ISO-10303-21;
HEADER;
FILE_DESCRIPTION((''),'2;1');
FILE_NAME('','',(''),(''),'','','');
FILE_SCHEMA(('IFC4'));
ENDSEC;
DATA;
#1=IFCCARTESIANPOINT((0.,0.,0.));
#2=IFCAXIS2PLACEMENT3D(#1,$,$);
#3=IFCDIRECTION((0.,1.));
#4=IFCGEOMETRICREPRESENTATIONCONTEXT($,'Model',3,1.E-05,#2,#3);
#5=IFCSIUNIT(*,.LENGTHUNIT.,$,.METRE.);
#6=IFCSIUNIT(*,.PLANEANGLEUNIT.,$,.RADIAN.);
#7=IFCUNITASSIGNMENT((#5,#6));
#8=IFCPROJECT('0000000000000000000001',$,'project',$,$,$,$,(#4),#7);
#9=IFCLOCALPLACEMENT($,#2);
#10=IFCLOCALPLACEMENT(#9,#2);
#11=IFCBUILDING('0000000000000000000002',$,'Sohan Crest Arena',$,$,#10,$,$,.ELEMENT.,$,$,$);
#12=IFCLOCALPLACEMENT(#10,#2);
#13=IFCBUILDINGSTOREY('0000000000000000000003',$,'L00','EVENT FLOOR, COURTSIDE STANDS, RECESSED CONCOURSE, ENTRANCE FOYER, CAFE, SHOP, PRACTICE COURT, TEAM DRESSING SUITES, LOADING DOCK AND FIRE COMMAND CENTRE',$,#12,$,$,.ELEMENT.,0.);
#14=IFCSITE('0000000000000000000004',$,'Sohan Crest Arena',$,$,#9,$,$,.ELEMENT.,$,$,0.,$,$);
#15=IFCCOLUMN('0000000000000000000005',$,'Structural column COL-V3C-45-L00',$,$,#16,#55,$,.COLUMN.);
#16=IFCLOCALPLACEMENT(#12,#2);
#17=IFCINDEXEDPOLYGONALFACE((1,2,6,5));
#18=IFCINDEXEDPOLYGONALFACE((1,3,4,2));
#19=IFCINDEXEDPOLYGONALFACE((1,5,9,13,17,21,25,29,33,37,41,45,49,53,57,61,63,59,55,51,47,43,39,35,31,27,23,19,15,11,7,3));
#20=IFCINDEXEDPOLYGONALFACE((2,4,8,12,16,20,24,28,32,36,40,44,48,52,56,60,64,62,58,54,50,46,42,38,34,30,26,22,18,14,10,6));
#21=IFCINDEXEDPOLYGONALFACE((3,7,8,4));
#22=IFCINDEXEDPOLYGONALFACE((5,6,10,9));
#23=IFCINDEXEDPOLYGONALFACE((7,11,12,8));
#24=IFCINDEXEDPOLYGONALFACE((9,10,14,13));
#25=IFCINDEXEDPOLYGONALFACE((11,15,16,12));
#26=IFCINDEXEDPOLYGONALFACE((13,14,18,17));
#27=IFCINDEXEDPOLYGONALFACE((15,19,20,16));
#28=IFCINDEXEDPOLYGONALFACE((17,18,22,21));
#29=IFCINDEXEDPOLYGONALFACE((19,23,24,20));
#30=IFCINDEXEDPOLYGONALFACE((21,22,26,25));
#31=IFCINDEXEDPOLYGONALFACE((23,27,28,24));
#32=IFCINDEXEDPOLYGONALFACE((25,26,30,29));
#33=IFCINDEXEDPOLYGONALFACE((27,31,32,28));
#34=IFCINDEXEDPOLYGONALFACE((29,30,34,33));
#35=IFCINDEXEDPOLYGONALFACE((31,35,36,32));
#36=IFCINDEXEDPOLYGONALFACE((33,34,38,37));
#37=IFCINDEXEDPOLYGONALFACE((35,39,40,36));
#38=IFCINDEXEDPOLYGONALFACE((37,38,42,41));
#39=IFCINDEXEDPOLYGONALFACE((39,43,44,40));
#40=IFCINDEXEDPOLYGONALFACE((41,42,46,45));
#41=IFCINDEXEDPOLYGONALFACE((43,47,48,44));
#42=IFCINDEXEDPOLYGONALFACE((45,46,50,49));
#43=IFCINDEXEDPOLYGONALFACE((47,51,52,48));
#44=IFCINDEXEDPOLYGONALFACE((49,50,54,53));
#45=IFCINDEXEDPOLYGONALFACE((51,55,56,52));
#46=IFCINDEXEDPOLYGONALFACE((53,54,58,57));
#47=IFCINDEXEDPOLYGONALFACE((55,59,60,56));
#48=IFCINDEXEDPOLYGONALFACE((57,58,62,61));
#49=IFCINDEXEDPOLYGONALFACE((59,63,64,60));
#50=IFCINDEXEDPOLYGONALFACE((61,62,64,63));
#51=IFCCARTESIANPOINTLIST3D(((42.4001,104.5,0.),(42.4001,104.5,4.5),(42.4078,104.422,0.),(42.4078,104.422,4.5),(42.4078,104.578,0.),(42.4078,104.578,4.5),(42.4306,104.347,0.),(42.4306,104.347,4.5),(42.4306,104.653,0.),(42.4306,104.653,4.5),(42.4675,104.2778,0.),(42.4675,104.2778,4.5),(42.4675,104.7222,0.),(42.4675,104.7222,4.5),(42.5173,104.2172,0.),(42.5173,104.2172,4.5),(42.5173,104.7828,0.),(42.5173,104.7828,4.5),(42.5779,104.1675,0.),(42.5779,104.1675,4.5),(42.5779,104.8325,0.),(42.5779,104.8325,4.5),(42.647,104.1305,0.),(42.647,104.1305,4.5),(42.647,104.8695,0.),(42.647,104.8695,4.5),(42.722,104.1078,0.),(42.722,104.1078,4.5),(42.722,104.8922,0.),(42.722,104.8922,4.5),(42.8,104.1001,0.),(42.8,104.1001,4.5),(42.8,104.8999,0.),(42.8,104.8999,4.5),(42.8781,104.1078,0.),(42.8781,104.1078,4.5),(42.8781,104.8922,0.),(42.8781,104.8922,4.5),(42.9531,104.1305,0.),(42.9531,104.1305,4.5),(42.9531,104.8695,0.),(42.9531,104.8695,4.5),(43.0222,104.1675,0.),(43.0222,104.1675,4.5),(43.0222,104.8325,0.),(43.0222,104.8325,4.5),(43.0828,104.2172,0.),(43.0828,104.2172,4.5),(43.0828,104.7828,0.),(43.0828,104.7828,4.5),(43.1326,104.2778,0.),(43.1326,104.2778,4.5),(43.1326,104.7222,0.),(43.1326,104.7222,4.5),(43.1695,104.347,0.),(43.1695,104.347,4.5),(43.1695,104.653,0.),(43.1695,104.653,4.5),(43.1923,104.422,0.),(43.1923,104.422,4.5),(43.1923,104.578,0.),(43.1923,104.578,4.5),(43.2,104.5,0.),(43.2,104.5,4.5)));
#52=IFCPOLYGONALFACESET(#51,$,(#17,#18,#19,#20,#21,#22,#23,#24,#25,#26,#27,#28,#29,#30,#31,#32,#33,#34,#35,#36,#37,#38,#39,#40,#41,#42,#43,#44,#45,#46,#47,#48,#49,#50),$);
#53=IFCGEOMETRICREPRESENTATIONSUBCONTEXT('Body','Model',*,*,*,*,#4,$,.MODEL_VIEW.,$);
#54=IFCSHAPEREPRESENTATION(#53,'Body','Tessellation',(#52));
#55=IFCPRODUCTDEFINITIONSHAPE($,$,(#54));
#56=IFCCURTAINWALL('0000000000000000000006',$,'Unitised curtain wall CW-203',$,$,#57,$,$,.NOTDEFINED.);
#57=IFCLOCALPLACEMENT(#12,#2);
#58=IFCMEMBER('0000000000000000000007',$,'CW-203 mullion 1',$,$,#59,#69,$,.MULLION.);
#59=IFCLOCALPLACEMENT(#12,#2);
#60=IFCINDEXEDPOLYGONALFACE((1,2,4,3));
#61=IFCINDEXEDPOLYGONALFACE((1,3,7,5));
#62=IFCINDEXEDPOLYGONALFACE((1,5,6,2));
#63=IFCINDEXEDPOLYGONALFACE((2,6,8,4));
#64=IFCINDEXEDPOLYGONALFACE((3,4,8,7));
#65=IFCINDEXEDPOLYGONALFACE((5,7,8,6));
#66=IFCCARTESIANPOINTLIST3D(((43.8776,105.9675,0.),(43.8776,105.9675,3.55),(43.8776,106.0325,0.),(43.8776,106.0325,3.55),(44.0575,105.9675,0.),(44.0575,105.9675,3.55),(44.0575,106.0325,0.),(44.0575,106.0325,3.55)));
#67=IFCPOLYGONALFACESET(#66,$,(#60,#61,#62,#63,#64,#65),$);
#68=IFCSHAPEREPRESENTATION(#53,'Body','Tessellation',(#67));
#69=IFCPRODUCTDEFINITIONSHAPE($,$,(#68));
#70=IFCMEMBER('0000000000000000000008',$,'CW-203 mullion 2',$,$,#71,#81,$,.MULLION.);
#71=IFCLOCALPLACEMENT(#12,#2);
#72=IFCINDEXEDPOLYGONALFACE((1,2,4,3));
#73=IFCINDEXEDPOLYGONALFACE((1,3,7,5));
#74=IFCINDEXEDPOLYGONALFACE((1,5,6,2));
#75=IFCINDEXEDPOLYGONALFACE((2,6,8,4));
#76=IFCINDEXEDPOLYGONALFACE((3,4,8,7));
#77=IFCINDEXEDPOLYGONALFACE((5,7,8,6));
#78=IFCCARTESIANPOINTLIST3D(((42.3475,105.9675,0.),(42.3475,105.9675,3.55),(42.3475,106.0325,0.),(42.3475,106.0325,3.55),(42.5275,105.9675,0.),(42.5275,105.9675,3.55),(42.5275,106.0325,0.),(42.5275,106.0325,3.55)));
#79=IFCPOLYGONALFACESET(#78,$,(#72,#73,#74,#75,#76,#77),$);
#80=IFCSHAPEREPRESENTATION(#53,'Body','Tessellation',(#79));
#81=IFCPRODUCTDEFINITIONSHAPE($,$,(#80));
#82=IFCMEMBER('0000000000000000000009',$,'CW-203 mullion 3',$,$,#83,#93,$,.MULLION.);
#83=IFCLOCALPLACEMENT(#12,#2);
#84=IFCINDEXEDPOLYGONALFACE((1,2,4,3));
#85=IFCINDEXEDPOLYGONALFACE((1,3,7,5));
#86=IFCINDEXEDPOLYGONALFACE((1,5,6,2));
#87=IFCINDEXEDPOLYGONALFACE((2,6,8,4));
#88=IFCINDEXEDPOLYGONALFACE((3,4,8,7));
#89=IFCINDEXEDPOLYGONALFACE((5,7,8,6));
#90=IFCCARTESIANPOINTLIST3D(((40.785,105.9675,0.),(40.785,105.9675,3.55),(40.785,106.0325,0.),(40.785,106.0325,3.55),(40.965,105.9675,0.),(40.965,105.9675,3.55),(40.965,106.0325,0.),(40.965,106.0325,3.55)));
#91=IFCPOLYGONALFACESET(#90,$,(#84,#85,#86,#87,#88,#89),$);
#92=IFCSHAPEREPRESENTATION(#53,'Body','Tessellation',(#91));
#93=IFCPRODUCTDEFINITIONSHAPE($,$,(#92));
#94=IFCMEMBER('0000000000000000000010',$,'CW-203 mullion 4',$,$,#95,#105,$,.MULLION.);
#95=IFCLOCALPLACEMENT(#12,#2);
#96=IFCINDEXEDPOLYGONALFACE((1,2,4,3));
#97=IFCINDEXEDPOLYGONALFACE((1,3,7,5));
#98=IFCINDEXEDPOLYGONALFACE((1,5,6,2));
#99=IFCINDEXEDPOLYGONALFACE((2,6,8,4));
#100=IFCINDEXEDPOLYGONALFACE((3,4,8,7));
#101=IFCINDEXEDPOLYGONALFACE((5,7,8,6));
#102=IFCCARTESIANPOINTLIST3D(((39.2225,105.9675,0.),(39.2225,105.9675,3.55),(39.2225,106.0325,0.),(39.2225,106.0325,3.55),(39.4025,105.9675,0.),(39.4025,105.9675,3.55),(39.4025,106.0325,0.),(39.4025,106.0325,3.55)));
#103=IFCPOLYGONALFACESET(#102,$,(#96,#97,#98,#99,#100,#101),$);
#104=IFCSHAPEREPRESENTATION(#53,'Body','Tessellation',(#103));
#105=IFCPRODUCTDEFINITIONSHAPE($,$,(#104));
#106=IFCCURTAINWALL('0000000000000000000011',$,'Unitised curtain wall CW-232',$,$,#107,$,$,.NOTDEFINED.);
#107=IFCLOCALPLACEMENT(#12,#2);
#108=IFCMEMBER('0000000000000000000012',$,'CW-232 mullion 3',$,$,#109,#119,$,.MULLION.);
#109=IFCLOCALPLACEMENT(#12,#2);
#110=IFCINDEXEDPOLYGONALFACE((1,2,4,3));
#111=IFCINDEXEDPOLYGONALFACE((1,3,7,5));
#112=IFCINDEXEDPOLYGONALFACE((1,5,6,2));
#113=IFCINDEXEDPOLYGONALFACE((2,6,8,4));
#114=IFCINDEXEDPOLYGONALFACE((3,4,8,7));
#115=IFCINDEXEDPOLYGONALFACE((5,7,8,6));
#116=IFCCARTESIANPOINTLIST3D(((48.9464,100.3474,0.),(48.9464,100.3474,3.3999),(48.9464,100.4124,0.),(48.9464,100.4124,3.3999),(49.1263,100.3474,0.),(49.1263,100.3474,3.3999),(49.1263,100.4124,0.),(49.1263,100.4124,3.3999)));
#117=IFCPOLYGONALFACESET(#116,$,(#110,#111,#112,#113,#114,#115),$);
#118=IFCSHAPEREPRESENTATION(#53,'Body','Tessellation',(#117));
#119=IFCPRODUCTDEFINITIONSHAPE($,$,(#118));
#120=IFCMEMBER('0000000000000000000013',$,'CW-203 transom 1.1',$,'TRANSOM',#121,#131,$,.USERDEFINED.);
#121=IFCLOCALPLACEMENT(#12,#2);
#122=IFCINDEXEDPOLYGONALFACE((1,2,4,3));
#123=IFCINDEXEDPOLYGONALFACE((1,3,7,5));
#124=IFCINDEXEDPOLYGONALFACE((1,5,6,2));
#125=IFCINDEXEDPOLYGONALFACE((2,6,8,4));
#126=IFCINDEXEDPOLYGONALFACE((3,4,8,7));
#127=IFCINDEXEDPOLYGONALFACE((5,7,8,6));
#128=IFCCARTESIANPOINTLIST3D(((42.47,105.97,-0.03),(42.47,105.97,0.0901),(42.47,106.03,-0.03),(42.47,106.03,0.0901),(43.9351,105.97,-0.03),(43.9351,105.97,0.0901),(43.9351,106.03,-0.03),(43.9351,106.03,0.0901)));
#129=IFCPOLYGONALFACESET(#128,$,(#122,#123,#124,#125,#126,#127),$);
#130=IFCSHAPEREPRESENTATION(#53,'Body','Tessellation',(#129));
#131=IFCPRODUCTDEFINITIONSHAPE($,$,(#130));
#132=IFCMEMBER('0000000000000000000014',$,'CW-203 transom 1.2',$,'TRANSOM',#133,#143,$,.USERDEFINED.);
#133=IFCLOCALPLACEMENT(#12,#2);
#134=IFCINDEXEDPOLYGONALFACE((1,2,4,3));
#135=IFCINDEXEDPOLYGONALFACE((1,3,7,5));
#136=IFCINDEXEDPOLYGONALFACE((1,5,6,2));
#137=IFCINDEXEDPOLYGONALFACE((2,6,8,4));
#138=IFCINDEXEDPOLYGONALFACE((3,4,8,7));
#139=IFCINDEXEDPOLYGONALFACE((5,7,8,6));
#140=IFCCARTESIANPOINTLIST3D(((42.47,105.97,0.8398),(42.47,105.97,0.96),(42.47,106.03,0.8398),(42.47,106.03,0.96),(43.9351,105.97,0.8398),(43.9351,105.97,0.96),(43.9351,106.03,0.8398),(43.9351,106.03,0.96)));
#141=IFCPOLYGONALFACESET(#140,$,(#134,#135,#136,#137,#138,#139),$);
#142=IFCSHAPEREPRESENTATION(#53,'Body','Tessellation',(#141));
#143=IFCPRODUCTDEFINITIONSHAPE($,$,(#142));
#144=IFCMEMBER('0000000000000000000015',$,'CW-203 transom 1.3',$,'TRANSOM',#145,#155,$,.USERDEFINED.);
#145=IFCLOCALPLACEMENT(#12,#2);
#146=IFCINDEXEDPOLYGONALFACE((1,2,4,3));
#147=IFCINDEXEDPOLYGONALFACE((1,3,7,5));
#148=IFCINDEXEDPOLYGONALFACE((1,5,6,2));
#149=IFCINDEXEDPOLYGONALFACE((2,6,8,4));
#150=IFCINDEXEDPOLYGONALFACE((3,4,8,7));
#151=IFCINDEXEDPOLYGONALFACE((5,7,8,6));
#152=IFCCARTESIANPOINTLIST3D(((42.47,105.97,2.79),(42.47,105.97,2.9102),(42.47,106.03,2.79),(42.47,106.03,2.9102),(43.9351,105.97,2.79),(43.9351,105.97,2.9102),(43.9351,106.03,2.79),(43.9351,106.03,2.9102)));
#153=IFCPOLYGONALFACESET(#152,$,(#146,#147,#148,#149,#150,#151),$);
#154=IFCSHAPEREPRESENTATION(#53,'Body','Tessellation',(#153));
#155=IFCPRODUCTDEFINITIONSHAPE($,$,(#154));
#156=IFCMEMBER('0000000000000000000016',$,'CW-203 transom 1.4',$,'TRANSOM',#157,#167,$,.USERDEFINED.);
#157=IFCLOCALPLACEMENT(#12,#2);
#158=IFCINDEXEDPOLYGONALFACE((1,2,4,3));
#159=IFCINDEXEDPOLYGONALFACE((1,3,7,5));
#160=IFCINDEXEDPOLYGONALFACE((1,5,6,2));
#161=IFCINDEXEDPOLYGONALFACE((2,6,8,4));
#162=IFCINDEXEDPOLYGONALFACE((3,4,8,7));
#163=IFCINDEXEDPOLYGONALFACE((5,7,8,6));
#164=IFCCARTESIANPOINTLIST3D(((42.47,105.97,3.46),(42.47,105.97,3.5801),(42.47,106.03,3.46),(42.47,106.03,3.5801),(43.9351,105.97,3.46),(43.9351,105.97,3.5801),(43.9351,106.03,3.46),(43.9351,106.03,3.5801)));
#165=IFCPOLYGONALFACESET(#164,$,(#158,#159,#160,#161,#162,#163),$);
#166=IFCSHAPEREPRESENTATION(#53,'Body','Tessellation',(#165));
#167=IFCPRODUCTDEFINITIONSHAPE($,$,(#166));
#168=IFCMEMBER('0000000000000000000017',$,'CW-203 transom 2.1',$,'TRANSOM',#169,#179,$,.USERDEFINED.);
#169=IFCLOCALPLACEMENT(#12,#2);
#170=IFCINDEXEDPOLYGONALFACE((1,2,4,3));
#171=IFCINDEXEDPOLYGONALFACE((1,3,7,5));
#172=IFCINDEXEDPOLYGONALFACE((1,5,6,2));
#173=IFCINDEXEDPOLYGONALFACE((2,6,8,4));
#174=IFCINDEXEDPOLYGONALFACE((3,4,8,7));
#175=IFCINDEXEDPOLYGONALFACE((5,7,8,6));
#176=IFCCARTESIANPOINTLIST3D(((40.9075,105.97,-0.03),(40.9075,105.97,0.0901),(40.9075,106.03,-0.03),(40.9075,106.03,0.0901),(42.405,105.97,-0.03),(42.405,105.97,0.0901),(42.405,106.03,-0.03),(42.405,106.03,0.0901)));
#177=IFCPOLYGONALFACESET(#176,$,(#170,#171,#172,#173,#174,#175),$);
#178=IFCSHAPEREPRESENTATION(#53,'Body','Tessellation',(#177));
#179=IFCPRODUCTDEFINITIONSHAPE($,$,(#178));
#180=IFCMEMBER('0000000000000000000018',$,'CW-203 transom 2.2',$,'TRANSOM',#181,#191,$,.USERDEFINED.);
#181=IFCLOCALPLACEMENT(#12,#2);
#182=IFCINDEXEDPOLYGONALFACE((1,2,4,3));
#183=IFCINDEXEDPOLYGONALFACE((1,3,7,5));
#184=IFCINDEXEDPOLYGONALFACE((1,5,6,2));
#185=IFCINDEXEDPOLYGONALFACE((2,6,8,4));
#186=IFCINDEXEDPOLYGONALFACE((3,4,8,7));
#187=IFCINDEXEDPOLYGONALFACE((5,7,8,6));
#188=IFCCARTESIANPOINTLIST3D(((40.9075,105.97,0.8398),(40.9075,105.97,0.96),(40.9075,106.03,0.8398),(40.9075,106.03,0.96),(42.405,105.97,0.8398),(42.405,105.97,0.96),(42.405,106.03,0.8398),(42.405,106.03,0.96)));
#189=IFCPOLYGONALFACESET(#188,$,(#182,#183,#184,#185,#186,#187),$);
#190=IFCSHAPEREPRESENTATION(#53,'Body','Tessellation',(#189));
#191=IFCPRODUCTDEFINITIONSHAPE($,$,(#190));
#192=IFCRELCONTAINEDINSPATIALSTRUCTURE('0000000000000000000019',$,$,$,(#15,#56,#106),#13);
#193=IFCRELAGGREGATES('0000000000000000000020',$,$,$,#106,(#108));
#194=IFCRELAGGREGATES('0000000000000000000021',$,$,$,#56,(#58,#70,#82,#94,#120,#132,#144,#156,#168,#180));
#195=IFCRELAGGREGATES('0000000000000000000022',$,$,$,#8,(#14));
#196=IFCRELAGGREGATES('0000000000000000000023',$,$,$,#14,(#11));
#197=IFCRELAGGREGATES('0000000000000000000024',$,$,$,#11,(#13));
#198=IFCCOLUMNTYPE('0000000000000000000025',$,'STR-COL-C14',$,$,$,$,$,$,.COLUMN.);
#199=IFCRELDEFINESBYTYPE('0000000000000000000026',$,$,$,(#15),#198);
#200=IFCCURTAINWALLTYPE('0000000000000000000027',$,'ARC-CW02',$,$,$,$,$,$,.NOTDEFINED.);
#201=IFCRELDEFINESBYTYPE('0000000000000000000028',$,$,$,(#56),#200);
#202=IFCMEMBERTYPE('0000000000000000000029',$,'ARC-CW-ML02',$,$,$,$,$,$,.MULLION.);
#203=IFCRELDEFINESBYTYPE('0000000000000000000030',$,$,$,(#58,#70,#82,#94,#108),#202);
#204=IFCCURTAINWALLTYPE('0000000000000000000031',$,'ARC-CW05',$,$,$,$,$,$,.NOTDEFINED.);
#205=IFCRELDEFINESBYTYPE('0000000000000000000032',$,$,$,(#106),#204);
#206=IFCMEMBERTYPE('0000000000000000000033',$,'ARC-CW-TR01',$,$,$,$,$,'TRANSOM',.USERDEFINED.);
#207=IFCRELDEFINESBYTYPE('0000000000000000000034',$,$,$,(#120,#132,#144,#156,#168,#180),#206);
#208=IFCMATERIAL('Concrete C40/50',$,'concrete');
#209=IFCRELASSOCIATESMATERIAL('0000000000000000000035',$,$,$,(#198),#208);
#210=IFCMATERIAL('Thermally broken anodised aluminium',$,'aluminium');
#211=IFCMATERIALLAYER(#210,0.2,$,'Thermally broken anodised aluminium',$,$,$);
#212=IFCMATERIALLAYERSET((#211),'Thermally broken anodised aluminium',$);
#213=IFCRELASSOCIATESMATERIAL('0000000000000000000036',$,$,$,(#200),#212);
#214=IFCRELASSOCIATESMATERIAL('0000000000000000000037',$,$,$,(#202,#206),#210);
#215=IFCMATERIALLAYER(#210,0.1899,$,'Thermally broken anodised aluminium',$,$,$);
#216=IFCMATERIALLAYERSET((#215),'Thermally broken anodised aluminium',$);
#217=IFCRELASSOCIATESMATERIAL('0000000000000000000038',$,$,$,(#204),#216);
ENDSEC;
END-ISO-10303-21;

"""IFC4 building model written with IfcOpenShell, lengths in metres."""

from ifc_helpers import new_model, si_unit, direction, frame, origin, origin_2d, place, context, subcontext, project, spatial, rectangle, circle, extrude, material, layer, layer_set, material_profile, profile_set, type_object, element, aggregate, save


model = new_model("IFC4")

# Units and contexts
model_context = context("Model", 3, precision=1e-05, world=origin(), true_north=direction((0.0, 1.0)))
body_context = subcontext(model_context, "Body", "Model", "MODEL_VIEW")
ifc_project = project(units=[si_unit("LENGTHUNIT", "METRE"), si_unit("PLANEANGLEUNIT", "RADIAN")], contexts=[model_context])

# Site, building, storey
site_placement = place(None, origin())
site = spatial("IfcSite", under=ifc_project, at=site_placement, Name="Sohan Crest Arena", CompositionType="ELEMENT", RefElevation=0.0)
building_placement = place(site_placement, origin())
building = spatial("IfcBuilding", under=site, at=building_placement, Name="Sohan Crest Arena", CompositionType="ELEMENT")
storey_placement = place(building_placement, origin())
storey = spatial("IfcBuildingStorey", under=building, at=storey_placement, Name="L00", Description="EVENT FLOOR, COURTSIDE STANDS, RECESSED CONCOURSE, ENTRANCE FOYER, CAFE, SHOP, PRACTICE COURT, TEAM DRESSING SUITES, LOADING DOCK AND FIRE COMMAND CENTRE", CompositionType="ELEMENT", Elevation=0.0)

# Column
ifc_material_1 = material(Name="Concrete C40/50", Category="concrete")
ifc_material_profile_1 = material_profile(ifc_material_1, circle(Radius=0.3999, at=origin_2d()), Name="RC D800")
ifc_profile_set_1 = profile_set([ifc_material_profile_1], Name="Concrete C40/50")
column_type = type_object("IfcColumnType", Name="STR-COL-C14", PredefinedType="COLUMN", material=ifc_profile_set_1)
column_placement = place(storey_placement, frame((42.8, 104.5, 0.0), z_axis=(0.0, 0.0, 1.0), x_axis=(1.0, 0.0, 0.0)))
element("IfcColumn", 1, at=column_placement, inside=storey, type_object=column_type, Name="Structural column COL-V3C-45-L00", PredefinedType="COLUMN", context=body_context, shape_type="SweptSolid", body=[
    extrude(circle(Radius=0.3999, at=origin_2d()), origin(), (0.0, 0.0, 1.0), 4.5),
])

# Curtain wall, members
ifc_material_2 = material(Name="Thermally broken anodised aluminium", Category="aluminium")
ifc_layer_1 = layer(ifc_material_2, 0.2, Name="Thermally broken anodised aluminium")
ifc_layer_set_1 = layer_set([ifc_layer_1], Name="Thermally broken anodised aluminium")
curtain_wall_type_1 = type_object("IfcCurtainWallType", Name="ARC-CW02", PredefinedType="NOTDEFINED", material=ifc_layer_set_1)
curtain_wall_1_placement = place(storey_placement, origin())
curtain_wall_1 = element("IfcCurtainWall", 2, at=curtain_wall_1_placement, inside=storey, type_object=curtain_wall_type_1, Name="Unitised curtain wall CW-203", PredefinedType="NOTDEFINED")
ifc_material_profile_2 = material_profile(ifc_material_2, rectangle(XDim=0.0649, YDim=0.1799, at=origin_2d()), Name="ALU-MULL 65x180")
ifc_profile_set_2 = profile_set([ifc_material_profile_2], Name="Thermally broken anodised aluminium")
member_type_1 = type_object("IfcMemberType", Name="ARC-CW-ML02", PredefinedType="MULLION", material=ifc_profile_set_2)
member_1_placement = place(storey_placement, frame((43.9675, 106.0, 0.0), z_axis=(0.0, 0.0, 1.0), x_axis=(0.0, -1.0, 0.0)))
member_1 = element("IfcMember", 3, at=member_1_placement, type_object=member_type_1, Name="CW-203 mullion 1", PredefinedType="MULLION", context=body_context, shape_type="SweptSolid", body=[
    extrude(rectangle(XDim=0.0649, YDim=0.1799, at=origin_2d()), origin(), (0.0, 0.0, 1.0), 3.55),
])
member_2_placement = place(storey_placement, frame((42.4375, 106.0, 0.0), z_axis=(0.0, 0.0, 1.0), x_axis=(0.0, -1.0, 0.0)))
member_2 = element("IfcMember", 4, at=member_2_placement, type_object=member_type_1, Name="CW-203 mullion 2", PredefinedType="MULLION", context=body_context, shape_type="SweptSolid", body=[
    extrude(rectangle(XDim=0.0649, YDim=0.1799, at=origin_2d()), origin(), (0.0, 0.0, 1.0), 3.55),
])
member_3_placement = place(storey_placement, frame((40.875, 106.0, 0.0), z_axis=(0.0, 0.0, 1.0), x_axis=(0.0, -1.0, 0.0)))
member_3 = element("IfcMember", 5, at=member_3_placement, type_object=member_type_1, Name="CW-203 mullion 3", PredefinedType="MULLION", context=body_context, shape_type="SweptSolid", body=[
    extrude(rectangle(XDim=0.0649, YDim=0.1799, at=origin_2d()), origin(), (0.0, 0.0, 1.0), 3.55),
])
member_4_placement = place(storey_placement, frame((39.3125, 106.0, 0.0), z_axis=(0.0, 0.0, 1.0), x_axis=(0.0, -1.0, 0.0)))
member_4 = element("IfcMember", 6, at=member_4_placement, type_object=member_type_1, Name="CW-203 mullion 4", PredefinedType="MULLION", context=body_context, shape_type="SweptSolid", body=[
    extrude(rectangle(XDim=0.0649, YDim=0.1799, at=origin_2d()), origin(), (0.0, 0.0, 1.0), 3.55),
])

# Curtain wall, member
ifc_layer_2 = layer(ifc_material_2, 0.1899, Name="Thermally broken anodised aluminium")
ifc_layer_set_2 = layer_set([ifc_layer_2], Name="Thermally broken anodised aluminium")
curtain_wall_type_2 = type_object("IfcCurtainWallType", Name="ARC-CW05", PredefinedType="NOTDEFINED", material=ifc_layer_set_2)
curtain_wall_2_placement = place(storey_placement, origin())
curtain_wall_2 = element("IfcCurtainWall", 7, at=curtain_wall_2_placement, inside=storey, type_object=curtain_wall_type_2, Name="Unitised curtain wall CW-232", PredefinedType="NOTDEFINED")
member_5_placement = place(storey_placement, frame((49.0364, 100.3799, 0.0), z_axis=(0.0, 0.0, 1.0), x_axis=(0.0, 1.0, 0.0)))
member_5 = element("IfcMember", 8, at=member_5_placement, type_object=member_type_1, Name="CW-232 mullion 3", PredefinedType="MULLION", context=body_context, shape_type="SweptSolid", body=[
    extrude(rectangle(XDim=0.0649, YDim=0.1799, at=origin_2d()), origin(), (0.0, 0.0, 1.0), 3.3999),
])
aggregate(curtain_wall_2, [member_5])

# Members
ifc_material_profile_3 = material_profile(ifc_material_2, rectangle(XDim=0.0601, YDim=0.1201, at=origin_2d()), Name="ALU-TRAN 60x120")
ifc_profile_set_3 = profile_set([ifc_material_profile_3], Name="Thermally broken anodised aluminium")
member_type_2 = type_object("IfcMemberType", Name="ARC-CW-TR01", ElementType="TRANSOM", PredefinedType="USERDEFINED", material=ifc_profile_set_3)
member_6_placement = place(storey_placement, frame((43.9351, 106.0, 0.03), z_axis=(-1.0, 0.0, 0.0), x_axis=(0.0, -1.0, 0.0)))
member_6 = element("IfcMember", 9, at=member_6_placement, type_object=member_type_2, Name="CW-203 transom 1.1", ObjectType="TRANSOM", PredefinedType="USERDEFINED", context=body_context, shape_type="SweptSolid", body=[
    extrude(rectangle(XDim=0.0601, YDim=0.1201, at=origin_2d()), origin(), (0.0, 0.0, 1.0), 1.4651),
])
member_7_placement = place(storey_placement, frame((43.9351, 106.0, 0.8999), z_axis=(-1.0, 0.0, 0.0), x_axis=(0.0, -1.0, 0.0)))
member_7 = element("IfcMember", 10, at=member_7_placement, type_object=member_type_2, Name="CW-203 transom 1.2", ObjectType="TRANSOM", PredefinedType="USERDEFINED", context=body_context, shape_type="SweptSolid", body=[
    extrude(rectangle(XDim=0.0601, YDim=0.1201, at=origin_2d()), origin(), (0.0, 0.0, 1.0), 1.4651),
])
member_8_placement = place(storey_placement, frame((43.9351, 106.0, 2.8501), z_axis=(-1.0, 0.0, 0.0), x_axis=(0.0, -1.0, 0.0)))
member_8 = element("IfcMember", 11, at=member_8_placement, type_object=member_type_2, Name="CW-203 transom 1.3", ObjectType="TRANSOM", PredefinedType="USERDEFINED", context=body_context, shape_type="SweptSolid", body=[
    extrude(rectangle(XDim=0.0601, YDim=0.1201, at=origin_2d()), origin(), (0.0, 0.0, 1.0), 1.4651),
])
member_9_placement = place(storey_placement, frame((43.9351, 106.0, 3.52), z_axis=(-1.0, 0.0, 0.0), x_axis=(0.0, -1.0, 0.0)))
member_9 = element("IfcMember", 12, at=member_9_placement, type_object=member_type_2, Name="CW-203 transom 1.4", ObjectType="TRANSOM", PredefinedType="USERDEFINED", context=body_context, shape_type="SweptSolid", body=[
    extrude(rectangle(XDim=0.0601, YDim=0.1201, at=origin_2d()), origin(), (0.0, 0.0, 1.0), 1.4651),
])
member_10_placement = place(storey_placement, frame((42.405, 106.0, 0.03), z_axis=(-1.0, 0.0, 0.0), x_axis=(0.0, -1.0, 0.0)))
member_10 = element("IfcMember", 13, at=member_10_placement, type_object=member_type_2, Name="CW-203 transom 2.1", ObjectType="TRANSOM", PredefinedType="USERDEFINED", context=body_context, shape_type="SweptSolid", body=[
    extrude(rectangle(XDim=0.0601, YDim=0.1201, at=origin_2d()), origin(), (0.0, 0.0, 1.0), 1.4976),
])
member_11_placement = place(storey_placement, frame((42.405, 106.0, 0.8999), z_axis=(-1.0, 0.0, 0.0), x_axis=(0.0, -1.0, 0.0)))
member_11 = element("IfcMember", 14, at=member_11_placement, type_object=member_type_2, Name="CW-203 transom 2.2", ObjectType="TRANSOM", PredefinedType="USERDEFINED", context=body_context, shape_type="SweptSolid", body=[
    extrude(rectangle(XDim=0.0601, YDim=0.1201, at=origin_2d()), origin(), (0.0, 0.0, 1.0), 1.4976),
])

aggregate(curtain_wall_1, [member_1, member_2, member_3, member_4, member_6, member_7, member_8, member_9, member_10, member_11])

save(model, "model.ifc")
